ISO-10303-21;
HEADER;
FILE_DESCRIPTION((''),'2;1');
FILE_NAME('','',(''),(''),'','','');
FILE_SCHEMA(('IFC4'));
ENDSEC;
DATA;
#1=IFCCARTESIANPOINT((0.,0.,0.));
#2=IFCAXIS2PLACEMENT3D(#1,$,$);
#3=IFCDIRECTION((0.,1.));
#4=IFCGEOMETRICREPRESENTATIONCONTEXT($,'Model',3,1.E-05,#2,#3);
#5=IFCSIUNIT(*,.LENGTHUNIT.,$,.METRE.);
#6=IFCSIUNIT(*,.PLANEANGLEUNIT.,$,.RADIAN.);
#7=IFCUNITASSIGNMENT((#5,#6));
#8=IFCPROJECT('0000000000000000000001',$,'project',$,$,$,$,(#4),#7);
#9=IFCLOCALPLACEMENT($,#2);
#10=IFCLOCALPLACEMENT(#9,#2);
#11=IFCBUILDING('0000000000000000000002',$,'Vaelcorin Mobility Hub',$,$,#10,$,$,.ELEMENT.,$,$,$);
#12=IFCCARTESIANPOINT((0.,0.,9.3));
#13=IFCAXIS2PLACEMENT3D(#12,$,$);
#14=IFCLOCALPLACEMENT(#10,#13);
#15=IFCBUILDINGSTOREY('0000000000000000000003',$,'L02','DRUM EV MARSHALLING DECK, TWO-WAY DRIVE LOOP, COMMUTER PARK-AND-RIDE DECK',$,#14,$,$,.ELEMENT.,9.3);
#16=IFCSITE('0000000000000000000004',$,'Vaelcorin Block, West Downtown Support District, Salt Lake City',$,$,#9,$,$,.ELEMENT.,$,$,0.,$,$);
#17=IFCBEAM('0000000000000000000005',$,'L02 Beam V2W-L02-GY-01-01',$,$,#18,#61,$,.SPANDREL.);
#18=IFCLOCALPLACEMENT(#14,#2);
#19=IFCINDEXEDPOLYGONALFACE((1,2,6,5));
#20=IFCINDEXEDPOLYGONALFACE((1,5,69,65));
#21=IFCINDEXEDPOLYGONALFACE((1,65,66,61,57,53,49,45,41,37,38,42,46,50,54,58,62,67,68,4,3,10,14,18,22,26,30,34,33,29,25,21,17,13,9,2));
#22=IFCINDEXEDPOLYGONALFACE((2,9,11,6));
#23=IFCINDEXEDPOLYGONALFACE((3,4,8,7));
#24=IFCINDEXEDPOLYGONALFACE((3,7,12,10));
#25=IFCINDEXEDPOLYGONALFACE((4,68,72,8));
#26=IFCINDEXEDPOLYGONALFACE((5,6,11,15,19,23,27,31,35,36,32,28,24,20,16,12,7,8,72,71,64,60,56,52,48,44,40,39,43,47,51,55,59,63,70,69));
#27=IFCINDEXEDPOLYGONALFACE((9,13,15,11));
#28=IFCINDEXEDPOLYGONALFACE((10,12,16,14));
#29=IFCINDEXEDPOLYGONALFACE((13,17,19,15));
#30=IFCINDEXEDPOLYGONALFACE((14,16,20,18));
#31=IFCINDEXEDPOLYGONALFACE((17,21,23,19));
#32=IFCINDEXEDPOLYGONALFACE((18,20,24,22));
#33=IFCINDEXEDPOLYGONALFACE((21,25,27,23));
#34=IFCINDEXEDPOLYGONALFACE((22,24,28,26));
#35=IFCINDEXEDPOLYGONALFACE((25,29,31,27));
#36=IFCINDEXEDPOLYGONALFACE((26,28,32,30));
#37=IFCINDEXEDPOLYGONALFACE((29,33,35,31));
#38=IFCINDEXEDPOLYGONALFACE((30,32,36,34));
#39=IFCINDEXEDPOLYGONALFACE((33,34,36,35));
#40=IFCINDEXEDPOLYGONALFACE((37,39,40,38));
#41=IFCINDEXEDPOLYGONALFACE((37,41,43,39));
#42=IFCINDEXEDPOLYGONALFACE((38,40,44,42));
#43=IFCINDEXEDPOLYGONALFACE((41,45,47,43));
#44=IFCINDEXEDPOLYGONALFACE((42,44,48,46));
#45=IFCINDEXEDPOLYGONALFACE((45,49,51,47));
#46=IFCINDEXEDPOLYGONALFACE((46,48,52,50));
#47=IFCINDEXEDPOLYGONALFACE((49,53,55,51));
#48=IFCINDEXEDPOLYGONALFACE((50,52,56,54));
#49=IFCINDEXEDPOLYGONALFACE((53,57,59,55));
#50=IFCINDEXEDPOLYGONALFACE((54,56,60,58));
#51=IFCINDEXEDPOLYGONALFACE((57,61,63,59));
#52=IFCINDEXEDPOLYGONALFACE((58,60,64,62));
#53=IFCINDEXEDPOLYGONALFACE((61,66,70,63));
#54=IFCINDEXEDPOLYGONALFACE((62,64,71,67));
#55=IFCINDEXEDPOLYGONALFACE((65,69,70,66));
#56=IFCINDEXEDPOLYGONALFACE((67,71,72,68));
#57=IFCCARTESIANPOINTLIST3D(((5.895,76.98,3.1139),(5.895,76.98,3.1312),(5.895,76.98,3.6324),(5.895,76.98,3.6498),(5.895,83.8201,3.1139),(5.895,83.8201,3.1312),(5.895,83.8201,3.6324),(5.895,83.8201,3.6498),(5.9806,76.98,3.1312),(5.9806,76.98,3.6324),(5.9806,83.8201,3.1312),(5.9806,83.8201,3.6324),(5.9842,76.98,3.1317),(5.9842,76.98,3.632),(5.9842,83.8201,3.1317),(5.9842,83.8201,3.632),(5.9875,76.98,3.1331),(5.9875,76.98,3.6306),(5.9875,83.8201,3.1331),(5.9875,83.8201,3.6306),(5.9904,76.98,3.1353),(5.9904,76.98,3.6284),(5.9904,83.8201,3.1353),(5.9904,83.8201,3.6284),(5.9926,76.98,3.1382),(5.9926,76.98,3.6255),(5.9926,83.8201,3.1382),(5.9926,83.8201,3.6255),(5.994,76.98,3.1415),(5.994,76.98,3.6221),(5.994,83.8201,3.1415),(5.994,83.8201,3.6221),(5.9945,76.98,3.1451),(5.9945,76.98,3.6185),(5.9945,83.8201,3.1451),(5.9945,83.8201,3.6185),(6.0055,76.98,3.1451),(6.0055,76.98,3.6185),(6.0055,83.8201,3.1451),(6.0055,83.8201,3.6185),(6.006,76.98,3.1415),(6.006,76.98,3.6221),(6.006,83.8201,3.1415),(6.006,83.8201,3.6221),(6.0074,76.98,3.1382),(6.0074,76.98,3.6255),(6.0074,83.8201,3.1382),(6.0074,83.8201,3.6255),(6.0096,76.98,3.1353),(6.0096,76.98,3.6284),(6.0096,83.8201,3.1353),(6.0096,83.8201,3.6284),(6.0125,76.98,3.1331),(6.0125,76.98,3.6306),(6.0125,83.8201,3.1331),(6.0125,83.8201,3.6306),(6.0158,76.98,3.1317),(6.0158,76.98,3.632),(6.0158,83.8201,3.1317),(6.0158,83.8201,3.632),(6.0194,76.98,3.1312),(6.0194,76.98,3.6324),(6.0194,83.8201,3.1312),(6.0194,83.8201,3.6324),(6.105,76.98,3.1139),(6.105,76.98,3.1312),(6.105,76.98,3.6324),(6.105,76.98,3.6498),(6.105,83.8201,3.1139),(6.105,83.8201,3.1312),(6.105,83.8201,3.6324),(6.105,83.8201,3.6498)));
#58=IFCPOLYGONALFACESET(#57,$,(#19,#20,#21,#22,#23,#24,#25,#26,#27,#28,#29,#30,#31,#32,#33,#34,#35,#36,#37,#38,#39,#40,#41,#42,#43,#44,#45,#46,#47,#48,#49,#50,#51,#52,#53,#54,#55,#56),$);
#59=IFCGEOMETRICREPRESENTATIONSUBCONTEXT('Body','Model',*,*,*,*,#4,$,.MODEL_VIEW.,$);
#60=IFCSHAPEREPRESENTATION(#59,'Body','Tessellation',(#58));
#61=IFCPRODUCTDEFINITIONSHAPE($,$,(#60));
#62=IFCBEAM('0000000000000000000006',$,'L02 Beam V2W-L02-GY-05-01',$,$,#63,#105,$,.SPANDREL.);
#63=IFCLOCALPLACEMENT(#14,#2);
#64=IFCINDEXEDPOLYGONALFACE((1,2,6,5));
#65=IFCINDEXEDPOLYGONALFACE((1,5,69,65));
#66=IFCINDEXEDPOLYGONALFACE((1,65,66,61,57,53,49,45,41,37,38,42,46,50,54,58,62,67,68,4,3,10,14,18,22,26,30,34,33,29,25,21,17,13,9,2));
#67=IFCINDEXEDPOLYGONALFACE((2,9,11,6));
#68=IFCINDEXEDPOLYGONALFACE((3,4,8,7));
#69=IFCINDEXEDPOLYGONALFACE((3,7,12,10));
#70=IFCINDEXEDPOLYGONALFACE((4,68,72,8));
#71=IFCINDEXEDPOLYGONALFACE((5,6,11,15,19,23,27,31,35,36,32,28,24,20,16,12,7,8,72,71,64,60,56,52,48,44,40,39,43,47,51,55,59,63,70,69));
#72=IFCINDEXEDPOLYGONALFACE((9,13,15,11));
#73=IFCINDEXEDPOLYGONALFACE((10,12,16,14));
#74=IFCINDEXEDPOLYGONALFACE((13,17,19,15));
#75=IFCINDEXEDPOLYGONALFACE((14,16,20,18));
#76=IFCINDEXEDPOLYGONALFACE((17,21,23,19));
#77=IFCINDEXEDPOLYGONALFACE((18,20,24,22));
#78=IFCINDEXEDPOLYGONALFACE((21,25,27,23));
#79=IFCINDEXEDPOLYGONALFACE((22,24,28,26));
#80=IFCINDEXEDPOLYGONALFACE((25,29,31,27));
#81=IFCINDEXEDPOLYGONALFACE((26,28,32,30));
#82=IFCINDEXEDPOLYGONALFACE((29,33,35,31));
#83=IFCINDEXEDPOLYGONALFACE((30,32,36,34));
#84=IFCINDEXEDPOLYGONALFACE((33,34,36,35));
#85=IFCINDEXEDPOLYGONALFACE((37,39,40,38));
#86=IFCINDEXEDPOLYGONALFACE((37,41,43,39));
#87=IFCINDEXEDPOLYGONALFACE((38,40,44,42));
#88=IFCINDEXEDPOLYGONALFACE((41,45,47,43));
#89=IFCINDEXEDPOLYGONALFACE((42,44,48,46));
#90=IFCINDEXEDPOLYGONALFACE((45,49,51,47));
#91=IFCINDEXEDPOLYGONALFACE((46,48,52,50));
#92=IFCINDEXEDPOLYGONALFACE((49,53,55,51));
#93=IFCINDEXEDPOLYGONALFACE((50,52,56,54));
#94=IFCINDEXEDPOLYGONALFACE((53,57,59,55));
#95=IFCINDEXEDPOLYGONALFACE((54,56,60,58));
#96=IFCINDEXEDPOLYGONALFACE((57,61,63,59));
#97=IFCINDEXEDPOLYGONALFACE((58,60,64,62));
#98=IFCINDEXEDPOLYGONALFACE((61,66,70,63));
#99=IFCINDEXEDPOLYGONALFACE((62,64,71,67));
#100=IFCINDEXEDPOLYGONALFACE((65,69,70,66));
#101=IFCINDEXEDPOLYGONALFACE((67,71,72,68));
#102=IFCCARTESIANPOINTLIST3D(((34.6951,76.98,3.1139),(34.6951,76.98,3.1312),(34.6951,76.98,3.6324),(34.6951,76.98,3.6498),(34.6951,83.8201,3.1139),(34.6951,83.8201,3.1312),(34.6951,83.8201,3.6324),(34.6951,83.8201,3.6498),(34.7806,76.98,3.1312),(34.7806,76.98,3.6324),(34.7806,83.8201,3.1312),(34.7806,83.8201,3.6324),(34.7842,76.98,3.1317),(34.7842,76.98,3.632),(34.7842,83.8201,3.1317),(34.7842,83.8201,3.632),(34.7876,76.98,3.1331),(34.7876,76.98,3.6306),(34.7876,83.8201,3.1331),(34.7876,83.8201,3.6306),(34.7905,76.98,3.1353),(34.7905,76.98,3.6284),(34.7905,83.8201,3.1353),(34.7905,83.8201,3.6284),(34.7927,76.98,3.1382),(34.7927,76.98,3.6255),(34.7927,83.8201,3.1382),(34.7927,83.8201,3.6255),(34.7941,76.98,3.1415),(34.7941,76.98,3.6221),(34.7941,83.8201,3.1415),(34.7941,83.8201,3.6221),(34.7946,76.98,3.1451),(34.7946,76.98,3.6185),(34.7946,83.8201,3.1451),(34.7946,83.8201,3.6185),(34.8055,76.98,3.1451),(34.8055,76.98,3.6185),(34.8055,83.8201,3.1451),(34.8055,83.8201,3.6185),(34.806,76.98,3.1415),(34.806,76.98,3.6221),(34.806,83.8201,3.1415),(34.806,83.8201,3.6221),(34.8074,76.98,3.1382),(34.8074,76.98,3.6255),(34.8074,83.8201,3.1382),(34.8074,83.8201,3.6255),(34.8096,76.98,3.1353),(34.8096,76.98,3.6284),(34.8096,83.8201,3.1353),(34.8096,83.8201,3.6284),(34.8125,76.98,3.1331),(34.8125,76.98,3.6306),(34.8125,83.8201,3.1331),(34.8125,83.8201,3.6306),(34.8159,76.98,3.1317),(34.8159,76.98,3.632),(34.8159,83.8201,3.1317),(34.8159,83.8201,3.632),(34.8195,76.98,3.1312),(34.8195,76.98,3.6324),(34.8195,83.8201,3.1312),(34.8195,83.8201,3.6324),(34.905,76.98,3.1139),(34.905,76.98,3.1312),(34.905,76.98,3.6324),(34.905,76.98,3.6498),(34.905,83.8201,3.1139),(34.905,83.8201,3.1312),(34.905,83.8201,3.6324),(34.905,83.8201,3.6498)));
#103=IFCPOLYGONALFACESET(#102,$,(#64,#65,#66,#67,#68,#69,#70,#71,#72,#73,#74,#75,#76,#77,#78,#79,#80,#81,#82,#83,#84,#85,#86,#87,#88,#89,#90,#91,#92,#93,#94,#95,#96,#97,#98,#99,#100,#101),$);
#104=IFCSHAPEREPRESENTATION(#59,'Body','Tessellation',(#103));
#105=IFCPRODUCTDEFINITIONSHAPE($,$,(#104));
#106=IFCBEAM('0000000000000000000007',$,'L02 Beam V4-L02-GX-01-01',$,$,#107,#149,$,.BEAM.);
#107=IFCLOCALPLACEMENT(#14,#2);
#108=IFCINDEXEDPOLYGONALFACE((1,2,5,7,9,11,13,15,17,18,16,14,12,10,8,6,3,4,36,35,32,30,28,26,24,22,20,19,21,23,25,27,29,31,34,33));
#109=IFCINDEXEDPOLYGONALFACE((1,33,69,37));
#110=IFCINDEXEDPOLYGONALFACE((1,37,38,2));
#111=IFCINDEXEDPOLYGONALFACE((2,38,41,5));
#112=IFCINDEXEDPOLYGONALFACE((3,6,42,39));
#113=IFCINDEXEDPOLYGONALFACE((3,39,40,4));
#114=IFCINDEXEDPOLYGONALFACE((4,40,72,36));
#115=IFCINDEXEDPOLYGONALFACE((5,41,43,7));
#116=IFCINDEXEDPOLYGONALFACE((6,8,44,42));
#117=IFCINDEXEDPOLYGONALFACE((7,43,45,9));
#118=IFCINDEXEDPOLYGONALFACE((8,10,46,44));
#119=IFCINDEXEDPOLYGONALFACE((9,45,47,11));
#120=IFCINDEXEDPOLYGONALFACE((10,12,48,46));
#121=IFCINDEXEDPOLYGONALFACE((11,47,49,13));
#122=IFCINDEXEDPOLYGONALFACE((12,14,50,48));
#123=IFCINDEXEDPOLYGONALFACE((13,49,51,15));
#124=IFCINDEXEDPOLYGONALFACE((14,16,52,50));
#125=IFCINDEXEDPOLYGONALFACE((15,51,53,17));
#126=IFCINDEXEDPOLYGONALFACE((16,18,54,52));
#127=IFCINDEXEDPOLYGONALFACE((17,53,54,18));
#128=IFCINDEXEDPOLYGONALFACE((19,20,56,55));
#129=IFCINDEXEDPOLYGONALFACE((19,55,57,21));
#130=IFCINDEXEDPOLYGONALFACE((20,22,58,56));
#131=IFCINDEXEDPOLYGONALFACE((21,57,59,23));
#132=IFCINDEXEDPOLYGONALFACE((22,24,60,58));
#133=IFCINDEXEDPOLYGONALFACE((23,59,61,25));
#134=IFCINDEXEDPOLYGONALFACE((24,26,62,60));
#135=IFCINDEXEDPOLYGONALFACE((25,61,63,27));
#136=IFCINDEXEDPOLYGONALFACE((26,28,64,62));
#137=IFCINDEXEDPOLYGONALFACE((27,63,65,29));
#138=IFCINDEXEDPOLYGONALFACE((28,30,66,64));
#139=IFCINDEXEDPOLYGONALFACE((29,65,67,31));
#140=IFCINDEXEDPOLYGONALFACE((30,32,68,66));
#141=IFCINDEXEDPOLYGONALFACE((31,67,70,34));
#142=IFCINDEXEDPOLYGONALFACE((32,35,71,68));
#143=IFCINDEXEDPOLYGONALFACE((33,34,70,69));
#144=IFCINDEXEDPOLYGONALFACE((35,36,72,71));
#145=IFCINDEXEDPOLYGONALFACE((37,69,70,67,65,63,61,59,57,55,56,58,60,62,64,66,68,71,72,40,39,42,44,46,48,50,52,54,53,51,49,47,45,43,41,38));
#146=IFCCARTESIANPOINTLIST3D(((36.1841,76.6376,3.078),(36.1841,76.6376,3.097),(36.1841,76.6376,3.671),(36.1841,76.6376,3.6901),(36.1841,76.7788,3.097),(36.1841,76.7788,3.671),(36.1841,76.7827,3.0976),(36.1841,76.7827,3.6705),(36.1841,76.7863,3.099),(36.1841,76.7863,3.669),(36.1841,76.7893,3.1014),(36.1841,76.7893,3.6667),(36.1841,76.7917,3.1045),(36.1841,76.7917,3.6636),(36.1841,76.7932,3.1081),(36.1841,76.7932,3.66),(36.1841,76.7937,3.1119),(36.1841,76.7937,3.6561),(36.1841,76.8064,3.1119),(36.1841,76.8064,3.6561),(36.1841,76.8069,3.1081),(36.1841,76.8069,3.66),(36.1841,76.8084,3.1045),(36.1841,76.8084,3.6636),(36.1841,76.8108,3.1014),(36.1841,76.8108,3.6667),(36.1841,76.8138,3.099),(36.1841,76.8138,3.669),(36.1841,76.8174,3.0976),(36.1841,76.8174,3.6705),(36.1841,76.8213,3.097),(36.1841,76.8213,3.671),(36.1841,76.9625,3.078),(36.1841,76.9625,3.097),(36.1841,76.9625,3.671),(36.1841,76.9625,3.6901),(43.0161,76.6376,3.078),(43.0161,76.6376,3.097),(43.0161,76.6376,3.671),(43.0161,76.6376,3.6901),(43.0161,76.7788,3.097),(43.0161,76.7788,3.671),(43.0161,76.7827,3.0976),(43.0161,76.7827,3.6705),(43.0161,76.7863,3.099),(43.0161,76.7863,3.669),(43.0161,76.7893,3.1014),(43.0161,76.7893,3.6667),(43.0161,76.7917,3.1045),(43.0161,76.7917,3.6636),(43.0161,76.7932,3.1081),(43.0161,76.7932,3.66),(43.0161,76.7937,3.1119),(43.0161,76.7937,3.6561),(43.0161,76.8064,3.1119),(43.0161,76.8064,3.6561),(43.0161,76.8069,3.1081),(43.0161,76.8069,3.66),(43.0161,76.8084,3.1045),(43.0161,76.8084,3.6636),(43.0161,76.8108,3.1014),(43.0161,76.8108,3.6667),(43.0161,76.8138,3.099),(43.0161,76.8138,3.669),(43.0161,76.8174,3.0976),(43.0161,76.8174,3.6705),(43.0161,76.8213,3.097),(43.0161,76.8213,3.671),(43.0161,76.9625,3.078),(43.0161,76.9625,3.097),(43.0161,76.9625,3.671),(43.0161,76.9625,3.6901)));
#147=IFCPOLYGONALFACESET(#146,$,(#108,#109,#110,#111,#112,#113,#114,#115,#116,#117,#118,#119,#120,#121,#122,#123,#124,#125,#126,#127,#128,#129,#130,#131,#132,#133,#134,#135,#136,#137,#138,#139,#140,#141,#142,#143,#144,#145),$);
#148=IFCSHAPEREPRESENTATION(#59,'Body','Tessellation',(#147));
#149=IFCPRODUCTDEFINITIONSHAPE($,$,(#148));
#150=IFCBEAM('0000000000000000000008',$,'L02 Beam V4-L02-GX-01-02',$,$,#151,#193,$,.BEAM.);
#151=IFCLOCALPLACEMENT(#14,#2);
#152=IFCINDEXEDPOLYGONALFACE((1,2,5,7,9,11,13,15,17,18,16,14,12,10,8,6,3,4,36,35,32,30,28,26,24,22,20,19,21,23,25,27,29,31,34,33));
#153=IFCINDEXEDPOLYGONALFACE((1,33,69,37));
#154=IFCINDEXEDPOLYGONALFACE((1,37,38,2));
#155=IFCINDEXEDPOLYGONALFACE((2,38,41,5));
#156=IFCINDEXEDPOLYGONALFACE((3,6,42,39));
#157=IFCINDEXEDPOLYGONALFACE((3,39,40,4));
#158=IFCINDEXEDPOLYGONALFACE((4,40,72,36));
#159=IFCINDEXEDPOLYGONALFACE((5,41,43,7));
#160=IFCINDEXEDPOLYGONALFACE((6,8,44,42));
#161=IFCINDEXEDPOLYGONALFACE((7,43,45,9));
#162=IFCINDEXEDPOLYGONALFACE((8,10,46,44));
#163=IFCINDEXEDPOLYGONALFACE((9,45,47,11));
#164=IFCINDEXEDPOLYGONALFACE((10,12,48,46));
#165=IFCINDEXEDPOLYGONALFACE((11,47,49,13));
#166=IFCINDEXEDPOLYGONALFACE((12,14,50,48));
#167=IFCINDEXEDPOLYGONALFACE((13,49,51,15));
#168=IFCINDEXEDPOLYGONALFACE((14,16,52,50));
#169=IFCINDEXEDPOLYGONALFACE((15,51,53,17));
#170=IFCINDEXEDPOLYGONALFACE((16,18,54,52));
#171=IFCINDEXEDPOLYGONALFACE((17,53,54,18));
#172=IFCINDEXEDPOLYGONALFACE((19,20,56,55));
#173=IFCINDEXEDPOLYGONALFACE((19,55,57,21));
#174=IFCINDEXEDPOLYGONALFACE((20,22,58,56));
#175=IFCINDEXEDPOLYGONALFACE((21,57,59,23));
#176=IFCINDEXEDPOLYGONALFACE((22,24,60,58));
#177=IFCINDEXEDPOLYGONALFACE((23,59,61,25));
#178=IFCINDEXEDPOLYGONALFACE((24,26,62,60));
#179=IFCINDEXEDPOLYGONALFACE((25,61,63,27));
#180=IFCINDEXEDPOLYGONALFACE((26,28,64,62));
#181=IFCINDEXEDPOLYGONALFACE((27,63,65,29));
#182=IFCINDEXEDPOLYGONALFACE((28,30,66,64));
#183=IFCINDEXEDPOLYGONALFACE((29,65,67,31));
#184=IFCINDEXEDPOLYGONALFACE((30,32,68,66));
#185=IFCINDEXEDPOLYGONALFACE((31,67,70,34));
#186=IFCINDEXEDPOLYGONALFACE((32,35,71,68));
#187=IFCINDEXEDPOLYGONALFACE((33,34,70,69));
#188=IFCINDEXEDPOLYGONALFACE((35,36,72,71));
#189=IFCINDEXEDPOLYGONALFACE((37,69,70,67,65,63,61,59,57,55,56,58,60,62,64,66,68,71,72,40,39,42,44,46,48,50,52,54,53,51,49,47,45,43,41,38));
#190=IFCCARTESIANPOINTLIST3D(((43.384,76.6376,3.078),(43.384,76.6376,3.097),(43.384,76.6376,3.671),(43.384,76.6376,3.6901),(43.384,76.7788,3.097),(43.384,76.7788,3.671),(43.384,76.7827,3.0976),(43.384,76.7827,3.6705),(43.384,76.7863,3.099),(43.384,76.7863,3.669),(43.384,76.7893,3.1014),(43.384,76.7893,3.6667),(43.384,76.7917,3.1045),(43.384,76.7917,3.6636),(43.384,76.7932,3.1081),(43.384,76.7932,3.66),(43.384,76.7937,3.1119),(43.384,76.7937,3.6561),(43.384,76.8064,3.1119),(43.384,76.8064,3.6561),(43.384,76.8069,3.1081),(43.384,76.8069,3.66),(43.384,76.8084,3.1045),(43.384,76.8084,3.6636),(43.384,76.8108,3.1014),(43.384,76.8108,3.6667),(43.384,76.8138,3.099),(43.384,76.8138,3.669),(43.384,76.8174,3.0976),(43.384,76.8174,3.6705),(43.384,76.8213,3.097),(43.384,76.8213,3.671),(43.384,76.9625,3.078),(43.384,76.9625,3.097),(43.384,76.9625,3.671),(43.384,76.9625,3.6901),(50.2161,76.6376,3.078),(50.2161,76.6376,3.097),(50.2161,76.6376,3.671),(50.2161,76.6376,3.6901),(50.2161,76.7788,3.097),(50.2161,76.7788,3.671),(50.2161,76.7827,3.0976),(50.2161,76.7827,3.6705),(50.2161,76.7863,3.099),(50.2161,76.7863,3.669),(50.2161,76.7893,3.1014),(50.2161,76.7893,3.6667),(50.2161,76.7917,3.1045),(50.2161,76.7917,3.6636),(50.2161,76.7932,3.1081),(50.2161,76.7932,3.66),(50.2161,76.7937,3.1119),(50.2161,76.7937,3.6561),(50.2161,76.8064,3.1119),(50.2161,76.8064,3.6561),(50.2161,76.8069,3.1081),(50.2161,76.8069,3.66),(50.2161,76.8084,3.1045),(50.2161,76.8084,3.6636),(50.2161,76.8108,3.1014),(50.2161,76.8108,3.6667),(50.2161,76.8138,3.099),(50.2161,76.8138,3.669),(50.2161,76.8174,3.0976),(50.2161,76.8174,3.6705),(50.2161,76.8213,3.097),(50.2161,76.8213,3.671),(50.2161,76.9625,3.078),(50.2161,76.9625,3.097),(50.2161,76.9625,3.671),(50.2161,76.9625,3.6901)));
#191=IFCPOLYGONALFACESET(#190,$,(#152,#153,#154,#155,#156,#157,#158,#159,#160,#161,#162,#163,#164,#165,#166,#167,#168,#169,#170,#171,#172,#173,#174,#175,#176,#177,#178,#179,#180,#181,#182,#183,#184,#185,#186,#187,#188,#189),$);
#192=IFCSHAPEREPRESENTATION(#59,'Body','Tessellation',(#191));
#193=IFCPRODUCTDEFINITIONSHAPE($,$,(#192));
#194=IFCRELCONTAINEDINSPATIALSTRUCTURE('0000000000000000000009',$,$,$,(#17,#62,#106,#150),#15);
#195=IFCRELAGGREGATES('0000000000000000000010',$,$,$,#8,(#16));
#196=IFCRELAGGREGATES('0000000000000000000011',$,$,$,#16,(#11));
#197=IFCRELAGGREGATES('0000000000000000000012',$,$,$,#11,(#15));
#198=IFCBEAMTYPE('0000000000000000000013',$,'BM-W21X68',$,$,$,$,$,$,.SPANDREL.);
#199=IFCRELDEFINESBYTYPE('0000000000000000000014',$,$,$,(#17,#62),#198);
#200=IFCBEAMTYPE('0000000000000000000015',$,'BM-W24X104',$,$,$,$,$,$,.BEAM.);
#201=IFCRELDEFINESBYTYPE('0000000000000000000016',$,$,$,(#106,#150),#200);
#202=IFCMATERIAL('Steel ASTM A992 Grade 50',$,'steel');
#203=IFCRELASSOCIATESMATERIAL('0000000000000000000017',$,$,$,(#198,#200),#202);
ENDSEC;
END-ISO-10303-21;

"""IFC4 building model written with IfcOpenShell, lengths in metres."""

from ifc_helpers import new_model, si_unit, direction, frame, origin, origin_2d, place, context, subcontext, project, spatial, i_section, extrude, material, material_profile, profile_set, type_object, element, save


model = new_model("IFC4")

# Units and contexts
model_context = context("Model", 3, precision=1e-05, world=origin(), true_north=direction((0.0, 1.0)))
body_context = subcontext(model_context, "Body", "Model", "MODEL_VIEW")
ifc_project = project(units=[si_unit("LENGTHUNIT", "METRE"), si_unit("PLANEANGLEUNIT", "RADIAN")], contexts=[model_context])

# Site, building, storey
site_placement = place(None, origin())
site = spatial("IfcSite", under=ifc_project, at=site_placement, Name="Vaelcorin Block, West Downtown Support District, Salt Lake City", CompositionType="ELEMENT", RefElevation=0.0)
building_placement = place(site_placement, origin())
building = spatial("IfcBuilding", under=site, at=building_placement, Name="Vaelcorin Mobility Hub", CompositionType="ELEMENT")
storey_placement = place(building_placement, frame((0.0, 0.0, 9.3)))
storey = spatial("IfcBuildingStorey", under=building, at=storey_placement, Name="L02", Description="DRUM EV MARSHALLING DECK, TWO-WAY DRIVE LOOP, COMMUTER PARK-AND-RIDE DECK", CompositionType="ELEMENT", Elevation=9.3)

# Shared definitions
ifc_material_1 = material(Name="Steel ASTM A992 Grade 50", Category="steel")

# Beams
ifc_material_profile_1 = material_profile(ifc_material_1, i_section(OverallWidth=0.21, OverallDepth=0.5359, WebThickness=0.011, FlangeThickness=0.0173, FilletRadius=0.0139, at=origin_2d()), Name="W21X68")
ifc_profile_set_1 = profile_set([ifc_material_profile_1], Name="Steel ASTM A992 Grade 50")
beam_type_1 = type_object("IfcBeamType", Name="BM-W21X68", PredefinedType="SPANDREL", material=ifc_profile_set_1)
for number, where, z_axis, x_axis, name in (
    (1, (6.0, 76.98, 3.3818), (0.0, 1.0, 0.0), (-1.0, 0.0, 0.0), "L02 Beam V2W-L02-GY-01-01"),
    (2, (34.8, 76.98, 3.3818), (0.0, 1.0, 0.0), (-1.0, 0.0, 0.0), "L02 Beam V2W-L02-GY-05-01"),
):
    element("IfcBeam", number, at=place(storey_placement, frame(where, z_axis=z_axis, x_axis=x_axis)), inside=storey, type_object=beam_type_1, Name=name, PredefinedType="SPANDREL", context=body_context, shape_type="SweptSolid", body=[
        extrude(i_section(OverallWidth=0.21, OverallDepth=0.5359, WebThickness=0.011, FlangeThickness=0.0173, FilletRadius=0.0139, at=origin_2d()), origin(), (0.0, 0.0, 1.0), 6.8401),
    ])
ifc_material_profile_2 = material_profile(ifc_material_1, i_section(OverallWidth=0.325, OverallDepth=0.6121, WebThickness=0.0127, FlangeThickness=0.019, FilletRadius=0.0149, at=origin_2d()), Name="W24X104")
ifc_profile_set_2 = profile_set([ifc_material_profile_2], Name="Steel ASTM A992 Grade 50")
beam_type_2 = type_object("IfcBeamType", Name="BM-W24X104", PredefinedType="BEAM", material=ifc_profile_set_2)
for number, where, z_axis, x_axis, name in (
    (3, (36.1841, 76.8, 3.384), (1.0, 0.0, 0.0), (0.0, 1.0, 0.0), "L02 Beam V4-L02-GX-01-01"),
    (4, (43.384, 76.8, 3.384), (1.0, 0.0, 0.0), (0.0, 1.0, 0.0), "L02 Beam V4-L02-GX-01-02"),
):
    element("IfcBeam", number, at=place(storey_placement, frame(where, z_axis=z_axis, x_axis=x_axis)), inside=storey, type_object=beam_type_2, Name=name, PredefinedType="BEAM", context=body_context, shape_type="SweptSolid", body=[
        extrude(i_section(OverallWidth=0.325, OverallDepth=0.6121, WebThickness=0.0127, FlangeThickness=0.019, FilletRadius=0.0149, at=origin_2d()), origin(), (0.0, 0.0, 1.0), 6.832),
    ])

save(model, "model.ifc")
